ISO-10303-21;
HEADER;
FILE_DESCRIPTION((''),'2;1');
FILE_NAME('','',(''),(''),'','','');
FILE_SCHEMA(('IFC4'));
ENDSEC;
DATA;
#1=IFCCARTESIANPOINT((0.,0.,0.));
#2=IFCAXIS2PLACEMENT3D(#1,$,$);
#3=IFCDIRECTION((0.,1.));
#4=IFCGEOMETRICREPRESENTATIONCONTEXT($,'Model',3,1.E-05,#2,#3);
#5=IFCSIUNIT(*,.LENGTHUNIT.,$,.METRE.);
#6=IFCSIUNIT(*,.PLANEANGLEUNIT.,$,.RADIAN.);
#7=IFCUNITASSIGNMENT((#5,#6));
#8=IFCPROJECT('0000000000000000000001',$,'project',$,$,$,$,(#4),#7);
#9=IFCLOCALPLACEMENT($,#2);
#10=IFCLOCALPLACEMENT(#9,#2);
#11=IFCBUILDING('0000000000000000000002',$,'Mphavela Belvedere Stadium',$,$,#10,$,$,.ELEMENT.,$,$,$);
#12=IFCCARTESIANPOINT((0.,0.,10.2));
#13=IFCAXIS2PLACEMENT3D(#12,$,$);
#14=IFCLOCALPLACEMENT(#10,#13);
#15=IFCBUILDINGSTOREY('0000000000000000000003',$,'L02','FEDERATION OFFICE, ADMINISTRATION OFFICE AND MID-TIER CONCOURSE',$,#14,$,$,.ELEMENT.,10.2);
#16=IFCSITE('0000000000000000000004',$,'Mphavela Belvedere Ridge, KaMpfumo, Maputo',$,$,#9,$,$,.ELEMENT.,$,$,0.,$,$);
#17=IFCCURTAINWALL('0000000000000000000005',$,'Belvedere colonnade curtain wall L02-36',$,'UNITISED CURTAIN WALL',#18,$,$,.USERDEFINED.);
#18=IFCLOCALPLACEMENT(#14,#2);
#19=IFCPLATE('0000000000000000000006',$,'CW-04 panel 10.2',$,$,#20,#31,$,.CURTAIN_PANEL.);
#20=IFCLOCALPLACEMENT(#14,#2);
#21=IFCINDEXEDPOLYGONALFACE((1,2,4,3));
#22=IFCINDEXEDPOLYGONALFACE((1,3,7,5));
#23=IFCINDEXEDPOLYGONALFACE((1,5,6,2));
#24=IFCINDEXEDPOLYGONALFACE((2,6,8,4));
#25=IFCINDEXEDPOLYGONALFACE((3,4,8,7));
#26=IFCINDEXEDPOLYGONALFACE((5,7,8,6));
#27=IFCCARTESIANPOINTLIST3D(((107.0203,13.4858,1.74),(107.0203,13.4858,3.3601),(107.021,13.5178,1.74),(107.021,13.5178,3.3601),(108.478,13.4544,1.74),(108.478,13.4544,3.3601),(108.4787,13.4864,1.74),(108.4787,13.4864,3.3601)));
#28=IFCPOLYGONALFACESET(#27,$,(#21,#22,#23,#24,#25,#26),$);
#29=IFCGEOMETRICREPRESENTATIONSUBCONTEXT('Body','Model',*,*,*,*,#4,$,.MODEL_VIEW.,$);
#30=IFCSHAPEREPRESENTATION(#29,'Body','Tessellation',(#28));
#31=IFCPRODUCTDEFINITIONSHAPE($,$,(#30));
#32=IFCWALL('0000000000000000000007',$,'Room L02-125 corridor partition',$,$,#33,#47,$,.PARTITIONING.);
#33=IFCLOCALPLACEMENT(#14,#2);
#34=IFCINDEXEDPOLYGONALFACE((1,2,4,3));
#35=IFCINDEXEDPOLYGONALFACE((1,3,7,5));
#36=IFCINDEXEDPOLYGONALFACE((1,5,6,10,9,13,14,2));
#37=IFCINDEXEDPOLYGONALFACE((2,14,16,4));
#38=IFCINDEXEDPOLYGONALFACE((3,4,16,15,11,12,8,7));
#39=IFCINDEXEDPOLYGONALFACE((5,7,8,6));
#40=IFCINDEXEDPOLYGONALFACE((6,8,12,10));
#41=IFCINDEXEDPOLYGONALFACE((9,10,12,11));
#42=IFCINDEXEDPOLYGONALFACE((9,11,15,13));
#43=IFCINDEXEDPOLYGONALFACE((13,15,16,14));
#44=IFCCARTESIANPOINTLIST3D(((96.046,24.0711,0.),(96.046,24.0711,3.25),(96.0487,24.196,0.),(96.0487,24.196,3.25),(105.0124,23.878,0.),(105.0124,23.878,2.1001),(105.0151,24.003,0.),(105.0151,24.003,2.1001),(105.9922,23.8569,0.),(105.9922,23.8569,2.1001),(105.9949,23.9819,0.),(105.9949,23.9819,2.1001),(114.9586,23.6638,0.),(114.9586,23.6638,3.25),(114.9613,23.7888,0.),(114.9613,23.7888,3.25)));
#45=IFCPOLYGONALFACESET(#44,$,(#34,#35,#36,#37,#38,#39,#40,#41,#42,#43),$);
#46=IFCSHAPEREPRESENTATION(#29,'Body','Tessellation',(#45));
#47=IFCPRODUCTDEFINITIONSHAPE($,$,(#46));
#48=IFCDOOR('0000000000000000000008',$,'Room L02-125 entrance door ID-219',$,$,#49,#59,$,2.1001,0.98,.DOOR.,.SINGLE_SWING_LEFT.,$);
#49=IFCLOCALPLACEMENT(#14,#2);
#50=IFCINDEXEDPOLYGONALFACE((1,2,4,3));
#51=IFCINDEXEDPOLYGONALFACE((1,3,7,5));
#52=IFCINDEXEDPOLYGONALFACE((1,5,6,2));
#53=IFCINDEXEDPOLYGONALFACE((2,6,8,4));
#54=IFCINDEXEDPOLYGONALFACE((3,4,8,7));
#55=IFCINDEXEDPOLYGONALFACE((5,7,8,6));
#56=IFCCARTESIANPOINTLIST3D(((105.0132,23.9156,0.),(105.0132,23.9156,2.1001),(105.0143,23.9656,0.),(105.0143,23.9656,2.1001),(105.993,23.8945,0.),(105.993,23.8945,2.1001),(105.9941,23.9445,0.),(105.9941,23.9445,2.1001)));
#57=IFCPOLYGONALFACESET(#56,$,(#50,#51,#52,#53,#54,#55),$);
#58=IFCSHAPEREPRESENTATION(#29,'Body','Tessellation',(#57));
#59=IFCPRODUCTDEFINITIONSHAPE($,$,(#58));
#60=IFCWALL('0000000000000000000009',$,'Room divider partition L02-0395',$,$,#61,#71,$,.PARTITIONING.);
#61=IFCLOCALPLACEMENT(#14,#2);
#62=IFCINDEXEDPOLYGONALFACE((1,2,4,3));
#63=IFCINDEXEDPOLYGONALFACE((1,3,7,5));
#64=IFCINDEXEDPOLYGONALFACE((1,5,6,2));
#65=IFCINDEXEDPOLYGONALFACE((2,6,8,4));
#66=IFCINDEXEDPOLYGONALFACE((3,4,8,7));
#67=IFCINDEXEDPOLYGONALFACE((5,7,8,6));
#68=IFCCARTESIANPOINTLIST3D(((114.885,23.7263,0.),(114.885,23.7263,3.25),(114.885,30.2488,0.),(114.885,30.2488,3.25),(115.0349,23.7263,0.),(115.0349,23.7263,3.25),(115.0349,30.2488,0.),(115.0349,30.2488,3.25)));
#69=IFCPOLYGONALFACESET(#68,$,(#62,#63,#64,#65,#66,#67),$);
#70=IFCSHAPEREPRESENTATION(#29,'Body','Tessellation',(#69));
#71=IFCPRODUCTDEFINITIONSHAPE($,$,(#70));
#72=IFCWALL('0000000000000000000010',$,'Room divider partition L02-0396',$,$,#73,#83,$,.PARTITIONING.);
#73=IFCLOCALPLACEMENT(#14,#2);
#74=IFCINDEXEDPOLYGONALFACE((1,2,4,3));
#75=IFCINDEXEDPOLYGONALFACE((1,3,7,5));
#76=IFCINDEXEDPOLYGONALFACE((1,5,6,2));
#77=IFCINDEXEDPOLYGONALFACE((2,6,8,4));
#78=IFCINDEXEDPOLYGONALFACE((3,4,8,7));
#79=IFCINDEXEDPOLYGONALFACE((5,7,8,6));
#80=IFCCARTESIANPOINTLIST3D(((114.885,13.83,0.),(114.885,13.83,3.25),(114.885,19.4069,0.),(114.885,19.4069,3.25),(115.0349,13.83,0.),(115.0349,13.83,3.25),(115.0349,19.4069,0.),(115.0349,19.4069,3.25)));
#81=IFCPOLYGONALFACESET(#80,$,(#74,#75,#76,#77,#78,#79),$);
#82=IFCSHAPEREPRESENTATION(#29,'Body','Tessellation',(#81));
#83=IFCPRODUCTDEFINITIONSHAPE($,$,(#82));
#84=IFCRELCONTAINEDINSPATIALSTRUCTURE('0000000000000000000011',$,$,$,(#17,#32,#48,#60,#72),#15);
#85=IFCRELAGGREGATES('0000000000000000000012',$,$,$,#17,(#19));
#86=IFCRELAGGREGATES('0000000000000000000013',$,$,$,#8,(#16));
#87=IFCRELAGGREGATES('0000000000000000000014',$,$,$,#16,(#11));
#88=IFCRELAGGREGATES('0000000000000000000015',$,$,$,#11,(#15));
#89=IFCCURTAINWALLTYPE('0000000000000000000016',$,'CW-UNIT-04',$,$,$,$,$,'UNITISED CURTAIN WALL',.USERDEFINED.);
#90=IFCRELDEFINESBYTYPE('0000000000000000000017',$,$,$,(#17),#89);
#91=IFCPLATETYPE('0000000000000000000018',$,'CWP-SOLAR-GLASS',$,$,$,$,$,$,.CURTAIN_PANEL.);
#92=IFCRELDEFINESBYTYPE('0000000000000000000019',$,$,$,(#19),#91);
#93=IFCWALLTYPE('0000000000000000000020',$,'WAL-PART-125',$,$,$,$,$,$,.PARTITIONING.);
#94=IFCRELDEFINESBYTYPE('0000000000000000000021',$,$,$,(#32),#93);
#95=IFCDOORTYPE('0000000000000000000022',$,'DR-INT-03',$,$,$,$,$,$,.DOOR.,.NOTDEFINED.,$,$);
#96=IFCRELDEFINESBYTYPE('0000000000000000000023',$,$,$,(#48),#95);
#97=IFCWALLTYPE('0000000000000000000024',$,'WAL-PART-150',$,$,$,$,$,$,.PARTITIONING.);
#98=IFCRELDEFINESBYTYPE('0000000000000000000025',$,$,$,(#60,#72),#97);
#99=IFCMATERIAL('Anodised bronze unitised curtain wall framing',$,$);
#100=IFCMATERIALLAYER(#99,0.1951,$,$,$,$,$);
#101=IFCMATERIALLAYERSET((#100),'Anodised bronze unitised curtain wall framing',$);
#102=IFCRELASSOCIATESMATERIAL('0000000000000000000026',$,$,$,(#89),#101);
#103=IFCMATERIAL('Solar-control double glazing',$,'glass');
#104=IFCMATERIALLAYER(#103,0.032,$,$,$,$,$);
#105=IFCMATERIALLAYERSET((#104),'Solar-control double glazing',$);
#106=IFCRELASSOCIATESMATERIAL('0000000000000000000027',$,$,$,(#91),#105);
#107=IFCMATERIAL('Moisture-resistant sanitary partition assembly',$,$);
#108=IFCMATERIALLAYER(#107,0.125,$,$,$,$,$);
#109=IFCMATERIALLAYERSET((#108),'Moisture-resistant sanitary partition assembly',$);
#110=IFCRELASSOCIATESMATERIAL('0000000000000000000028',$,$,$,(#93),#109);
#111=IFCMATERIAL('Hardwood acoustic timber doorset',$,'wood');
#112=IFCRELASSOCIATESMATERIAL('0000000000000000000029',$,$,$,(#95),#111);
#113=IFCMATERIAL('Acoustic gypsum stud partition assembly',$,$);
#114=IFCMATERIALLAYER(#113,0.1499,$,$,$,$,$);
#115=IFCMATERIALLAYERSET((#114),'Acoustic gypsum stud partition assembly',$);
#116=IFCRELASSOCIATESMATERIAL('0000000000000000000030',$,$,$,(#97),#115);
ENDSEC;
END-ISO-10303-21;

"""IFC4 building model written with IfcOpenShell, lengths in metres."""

from ifc_helpers import new_model, si_unit, direction, frame, frame_2d, origin, origin_2d, place, context, subcontext, project, spatial, rectangle, extrude, material, layer, layer_set, type_object, element, fill, aggregate, save


model = new_model("IFC4")

# Units and contexts
model_context = context("Model", 3, precision=1e-05, world=origin(), true_north=direction((0.0, 1.0)))
body_context = subcontext(model_context, "Body", "Model", "MODEL_VIEW")
ifc_project = project(units=[si_unit("LENGTHUNIT", "METRE"), si_unit("PLANEANGLEUNIT", "RADIAN")], contexts=[model_context])

# Site, building, storey
site_placement = place(None, origin())
site = spatial("IfcSite", under=ifc_project, at=site_placement, Name="Mphavela Belvedere Ridge, KaMpfumo, Maputo", CompositionType="ELEMENT", RefElevation=0.0)
building_placement = place(site_placement, origin())
building = spatial("IfcBuilding", under=site, at=building_placement, Name="Mphavela Belvedere Stadium", CompositionType="ELEMENT")
storey_placement = place(building_placement, frame((0.0, 0.0, 10.2)))
storey = spatial("IfcBuildingStorey", under=building, at=storey_placement, Name="L02", Description="FEDERATION OFFICE, ADMINISTRATION OFFICE AND MID-TIER CONCOURSE", CompositionType="ELEMENT", Elevation=10.2)

# Curtain wall, plate
ifc_material_1 = material(Name="Anodised bronze unitised curtain wall framing")
ifc_layer_1 = layer(ifc_material_1, 0.1951)
ifc_layer_set_1 = layer_set([ifc_layer_1], Name="Anodised bronze unitised curtain wall framing")
curtain_wall_type = type_object("IfcCurtainWallType", Name="CW-UNIT-04", ElementType="UNITISED CURTAIN WALL", PredefinedType="USERDEFINED", material=ifc_layer_set_1)
curtain_wall_placement = place(storey_placement, origin())
curtain_wall = element("IfcCurtainWall", 1, at=curtain_wall_placement, inside=storey, type_object=curtain_wall_type, Name="Belvedere colonnade curtain wall L02-36", ObjectType="UNITISED CURTAIN WALL", PredefinedType="USERDEFINED")
ifc_material_2 = material(Name="Solar-control double glazing", Category="glass")
ifc_layer_2 = layer(ifc_material_2, 0.032)
ifc_layer_set_2 = layer_set([ifc_layer_2], Name="Solar-control double glazing")
plate_type = type_object("IfcPlateType", Name="CWP-SOLAR-GLASS", PredefinedType="CURTAIN_PANEL", material=ifc_layer_set_2)
plate_1_placement = place(storey_placement, frame((107.7495, 13.4861, 1.74), z_axis=(0.0, 0.0, 1.0), x_axis=(0.999768, -0.021525, 0.0)))
plate_1 = element("IfcPlate", 2, at=plate_1_placement, type_object=plate_type, Name="CW-04 panel 10.2", PredefinedType="CURTAIN_PANEL", context=body_context, shape_type="SweptSolid", body=[
    extrude(rectangle(XDim=1.458, YDim=0.032, at=origin_2d()), origin(), (0.0, 0.0, 1.0), 1.6201),
])
aggregate(curtain_wall, [plate_1])

# Wall, opening, door
ifc_material_3 = material(Name="Moisture-resistant sanitary partition assembly")
ifc_layer_3 = layer(ifc_material_3, 0.125)
ifc_layer_set_3 = layer_set([ifc_layer_3], Name="Moisture-resistant sanitary partition assembly")
wall_type_1 = type_object("IfcWallType", Name="WAL-PART-125", PredefinedType="PARTITIONING", material=ifc_layer_set_3)
wall_1_placement = place(storey_placement, frame((114.96, 23.7263, 0.0), z_axis=(0.0, 0.0, 1.0), x_axis=(-0.999768, 0.021527, 0.0)))
wall_1 = element("IfcWall", 3, at=wall_1_placement, inside=storey, type_object=wall_type_1, Name="Room L02-125 corridor partition", PredefinedType="PARTITIONING", context=body_context, shape_type="SweptSolid", body=[
    extrude(rectangle(XDim=18.917, YDim=0.125, at=frame_2d((9.4585, 0.0))), origin(), (0.0, 0.0, 1.0), 3.25),
])
opening_placement = place(wall_1_placement, frame((8.9685, 0.0, 0.0)))
opening = element("IfcOpeningElement", 4, at=opening_placement, cuts=wall_1, PredefinedType="OPENING", context=body_context, shape_type="SweptSolid", body=[
    extrude(rectangle(XDim=0.98, YDim=2.1001, at=frame_2d((0.49, 1.05))), frame((0.0, 0.0725, 0.0), z_axis=(0.0, -1.0, 0.0), x_axis=(1.0, 0.0, 0.0)), (0.0, 0.0, 1.0), 0.145),
])
ifc_material_4 = material(Name="Hardwood acoustic timber doorset", Category="wood")
door_type = type_object("IfcDoorType", Name="DR-INT-03", OperationType="NOTDEFINED", PredefinedType="DOOR", material=ifc_material_4)
door_placement = place(opening_placement, origin())
door = element("IfcDoor", 5, at=door_placement, inside=storey, type_object=door_type, Name="Room L02-125 entrance door ID-219", OperationType="SINGLE_SWING_LEFT", OverallHeight=2.1001, OverallWidth=0.98, PredefinedType="DOOR", context=body_context, shape_type="SweptSolid", body=[
    extrude(rectangle(XDim=0.98, YDim=2.1001, at=frame_2d((0.49, 1.05))), frame((0.0, 0.0249, 0.0), z_axis=(0.0, -1.0, 0.0), x_axis=(1.0, 0.0, 0.0)), (0.0, 0.0, 1.0), 0.05),
])
fill(opening, door)

# Walls
ifc_material_5 = material(Name="Acoustic gypsum stud partition assembly")
ifc_layer_4 = layer(ifc_material_5, 0.1499)
ifc_layer_set_4 = layer_set([ifc_layer_4], Name="Acoustic gypsum stud partition assembly")
wall_type_2 = type_object("IfcWallType", Name="WAL-PART-150", PredefinedType="PARTITIONING", material=ifc_layer_set_4)
wall_2_placement = place(storey_placement, frame((114.96, 30.2488, 0.0), z_axis=(0.0, 0.0, 1.0), x_axis=(0.0, -1.0, 0.0)))
element("IfcWall", 6, at=wall_2_placement, inside=storey, type_object=wall_type_2, Name="Room divider partition L02-0395", PredefinedType="PARTITIONING", context=body_context, shape_type="SweptSolid", body=[
    extrude(rectangle(XDim=6.5225, YDim=0.1499, at=frame_2d((3.2612, 0.0))), origin(), (0.0, 0.0, 1.0), 3.25),
])
wall_3_placement = place(storey_placement, frame((114.96, 19.407, 0.0), z_axis=(0.0, 0.0, 1.0), x_axis=(0.0, -1.0, 0.0)))
element("IfcWall", 7, at=wall_3_placement, inside=storey, type_object=wall_type_2, Name="Room divider partition L02-0396", PredefinedType="PARTITIONING", context=body_context, shape_type="SweptSolid", body=[
    extrude(rectangle(XDim=5.5769, YDim=0.1499, at=frame_2d((2.7886, 0.0))), origin(), (0.0, 0.0, 1.0), 3.25),
])

save(model, "model.ifc")
